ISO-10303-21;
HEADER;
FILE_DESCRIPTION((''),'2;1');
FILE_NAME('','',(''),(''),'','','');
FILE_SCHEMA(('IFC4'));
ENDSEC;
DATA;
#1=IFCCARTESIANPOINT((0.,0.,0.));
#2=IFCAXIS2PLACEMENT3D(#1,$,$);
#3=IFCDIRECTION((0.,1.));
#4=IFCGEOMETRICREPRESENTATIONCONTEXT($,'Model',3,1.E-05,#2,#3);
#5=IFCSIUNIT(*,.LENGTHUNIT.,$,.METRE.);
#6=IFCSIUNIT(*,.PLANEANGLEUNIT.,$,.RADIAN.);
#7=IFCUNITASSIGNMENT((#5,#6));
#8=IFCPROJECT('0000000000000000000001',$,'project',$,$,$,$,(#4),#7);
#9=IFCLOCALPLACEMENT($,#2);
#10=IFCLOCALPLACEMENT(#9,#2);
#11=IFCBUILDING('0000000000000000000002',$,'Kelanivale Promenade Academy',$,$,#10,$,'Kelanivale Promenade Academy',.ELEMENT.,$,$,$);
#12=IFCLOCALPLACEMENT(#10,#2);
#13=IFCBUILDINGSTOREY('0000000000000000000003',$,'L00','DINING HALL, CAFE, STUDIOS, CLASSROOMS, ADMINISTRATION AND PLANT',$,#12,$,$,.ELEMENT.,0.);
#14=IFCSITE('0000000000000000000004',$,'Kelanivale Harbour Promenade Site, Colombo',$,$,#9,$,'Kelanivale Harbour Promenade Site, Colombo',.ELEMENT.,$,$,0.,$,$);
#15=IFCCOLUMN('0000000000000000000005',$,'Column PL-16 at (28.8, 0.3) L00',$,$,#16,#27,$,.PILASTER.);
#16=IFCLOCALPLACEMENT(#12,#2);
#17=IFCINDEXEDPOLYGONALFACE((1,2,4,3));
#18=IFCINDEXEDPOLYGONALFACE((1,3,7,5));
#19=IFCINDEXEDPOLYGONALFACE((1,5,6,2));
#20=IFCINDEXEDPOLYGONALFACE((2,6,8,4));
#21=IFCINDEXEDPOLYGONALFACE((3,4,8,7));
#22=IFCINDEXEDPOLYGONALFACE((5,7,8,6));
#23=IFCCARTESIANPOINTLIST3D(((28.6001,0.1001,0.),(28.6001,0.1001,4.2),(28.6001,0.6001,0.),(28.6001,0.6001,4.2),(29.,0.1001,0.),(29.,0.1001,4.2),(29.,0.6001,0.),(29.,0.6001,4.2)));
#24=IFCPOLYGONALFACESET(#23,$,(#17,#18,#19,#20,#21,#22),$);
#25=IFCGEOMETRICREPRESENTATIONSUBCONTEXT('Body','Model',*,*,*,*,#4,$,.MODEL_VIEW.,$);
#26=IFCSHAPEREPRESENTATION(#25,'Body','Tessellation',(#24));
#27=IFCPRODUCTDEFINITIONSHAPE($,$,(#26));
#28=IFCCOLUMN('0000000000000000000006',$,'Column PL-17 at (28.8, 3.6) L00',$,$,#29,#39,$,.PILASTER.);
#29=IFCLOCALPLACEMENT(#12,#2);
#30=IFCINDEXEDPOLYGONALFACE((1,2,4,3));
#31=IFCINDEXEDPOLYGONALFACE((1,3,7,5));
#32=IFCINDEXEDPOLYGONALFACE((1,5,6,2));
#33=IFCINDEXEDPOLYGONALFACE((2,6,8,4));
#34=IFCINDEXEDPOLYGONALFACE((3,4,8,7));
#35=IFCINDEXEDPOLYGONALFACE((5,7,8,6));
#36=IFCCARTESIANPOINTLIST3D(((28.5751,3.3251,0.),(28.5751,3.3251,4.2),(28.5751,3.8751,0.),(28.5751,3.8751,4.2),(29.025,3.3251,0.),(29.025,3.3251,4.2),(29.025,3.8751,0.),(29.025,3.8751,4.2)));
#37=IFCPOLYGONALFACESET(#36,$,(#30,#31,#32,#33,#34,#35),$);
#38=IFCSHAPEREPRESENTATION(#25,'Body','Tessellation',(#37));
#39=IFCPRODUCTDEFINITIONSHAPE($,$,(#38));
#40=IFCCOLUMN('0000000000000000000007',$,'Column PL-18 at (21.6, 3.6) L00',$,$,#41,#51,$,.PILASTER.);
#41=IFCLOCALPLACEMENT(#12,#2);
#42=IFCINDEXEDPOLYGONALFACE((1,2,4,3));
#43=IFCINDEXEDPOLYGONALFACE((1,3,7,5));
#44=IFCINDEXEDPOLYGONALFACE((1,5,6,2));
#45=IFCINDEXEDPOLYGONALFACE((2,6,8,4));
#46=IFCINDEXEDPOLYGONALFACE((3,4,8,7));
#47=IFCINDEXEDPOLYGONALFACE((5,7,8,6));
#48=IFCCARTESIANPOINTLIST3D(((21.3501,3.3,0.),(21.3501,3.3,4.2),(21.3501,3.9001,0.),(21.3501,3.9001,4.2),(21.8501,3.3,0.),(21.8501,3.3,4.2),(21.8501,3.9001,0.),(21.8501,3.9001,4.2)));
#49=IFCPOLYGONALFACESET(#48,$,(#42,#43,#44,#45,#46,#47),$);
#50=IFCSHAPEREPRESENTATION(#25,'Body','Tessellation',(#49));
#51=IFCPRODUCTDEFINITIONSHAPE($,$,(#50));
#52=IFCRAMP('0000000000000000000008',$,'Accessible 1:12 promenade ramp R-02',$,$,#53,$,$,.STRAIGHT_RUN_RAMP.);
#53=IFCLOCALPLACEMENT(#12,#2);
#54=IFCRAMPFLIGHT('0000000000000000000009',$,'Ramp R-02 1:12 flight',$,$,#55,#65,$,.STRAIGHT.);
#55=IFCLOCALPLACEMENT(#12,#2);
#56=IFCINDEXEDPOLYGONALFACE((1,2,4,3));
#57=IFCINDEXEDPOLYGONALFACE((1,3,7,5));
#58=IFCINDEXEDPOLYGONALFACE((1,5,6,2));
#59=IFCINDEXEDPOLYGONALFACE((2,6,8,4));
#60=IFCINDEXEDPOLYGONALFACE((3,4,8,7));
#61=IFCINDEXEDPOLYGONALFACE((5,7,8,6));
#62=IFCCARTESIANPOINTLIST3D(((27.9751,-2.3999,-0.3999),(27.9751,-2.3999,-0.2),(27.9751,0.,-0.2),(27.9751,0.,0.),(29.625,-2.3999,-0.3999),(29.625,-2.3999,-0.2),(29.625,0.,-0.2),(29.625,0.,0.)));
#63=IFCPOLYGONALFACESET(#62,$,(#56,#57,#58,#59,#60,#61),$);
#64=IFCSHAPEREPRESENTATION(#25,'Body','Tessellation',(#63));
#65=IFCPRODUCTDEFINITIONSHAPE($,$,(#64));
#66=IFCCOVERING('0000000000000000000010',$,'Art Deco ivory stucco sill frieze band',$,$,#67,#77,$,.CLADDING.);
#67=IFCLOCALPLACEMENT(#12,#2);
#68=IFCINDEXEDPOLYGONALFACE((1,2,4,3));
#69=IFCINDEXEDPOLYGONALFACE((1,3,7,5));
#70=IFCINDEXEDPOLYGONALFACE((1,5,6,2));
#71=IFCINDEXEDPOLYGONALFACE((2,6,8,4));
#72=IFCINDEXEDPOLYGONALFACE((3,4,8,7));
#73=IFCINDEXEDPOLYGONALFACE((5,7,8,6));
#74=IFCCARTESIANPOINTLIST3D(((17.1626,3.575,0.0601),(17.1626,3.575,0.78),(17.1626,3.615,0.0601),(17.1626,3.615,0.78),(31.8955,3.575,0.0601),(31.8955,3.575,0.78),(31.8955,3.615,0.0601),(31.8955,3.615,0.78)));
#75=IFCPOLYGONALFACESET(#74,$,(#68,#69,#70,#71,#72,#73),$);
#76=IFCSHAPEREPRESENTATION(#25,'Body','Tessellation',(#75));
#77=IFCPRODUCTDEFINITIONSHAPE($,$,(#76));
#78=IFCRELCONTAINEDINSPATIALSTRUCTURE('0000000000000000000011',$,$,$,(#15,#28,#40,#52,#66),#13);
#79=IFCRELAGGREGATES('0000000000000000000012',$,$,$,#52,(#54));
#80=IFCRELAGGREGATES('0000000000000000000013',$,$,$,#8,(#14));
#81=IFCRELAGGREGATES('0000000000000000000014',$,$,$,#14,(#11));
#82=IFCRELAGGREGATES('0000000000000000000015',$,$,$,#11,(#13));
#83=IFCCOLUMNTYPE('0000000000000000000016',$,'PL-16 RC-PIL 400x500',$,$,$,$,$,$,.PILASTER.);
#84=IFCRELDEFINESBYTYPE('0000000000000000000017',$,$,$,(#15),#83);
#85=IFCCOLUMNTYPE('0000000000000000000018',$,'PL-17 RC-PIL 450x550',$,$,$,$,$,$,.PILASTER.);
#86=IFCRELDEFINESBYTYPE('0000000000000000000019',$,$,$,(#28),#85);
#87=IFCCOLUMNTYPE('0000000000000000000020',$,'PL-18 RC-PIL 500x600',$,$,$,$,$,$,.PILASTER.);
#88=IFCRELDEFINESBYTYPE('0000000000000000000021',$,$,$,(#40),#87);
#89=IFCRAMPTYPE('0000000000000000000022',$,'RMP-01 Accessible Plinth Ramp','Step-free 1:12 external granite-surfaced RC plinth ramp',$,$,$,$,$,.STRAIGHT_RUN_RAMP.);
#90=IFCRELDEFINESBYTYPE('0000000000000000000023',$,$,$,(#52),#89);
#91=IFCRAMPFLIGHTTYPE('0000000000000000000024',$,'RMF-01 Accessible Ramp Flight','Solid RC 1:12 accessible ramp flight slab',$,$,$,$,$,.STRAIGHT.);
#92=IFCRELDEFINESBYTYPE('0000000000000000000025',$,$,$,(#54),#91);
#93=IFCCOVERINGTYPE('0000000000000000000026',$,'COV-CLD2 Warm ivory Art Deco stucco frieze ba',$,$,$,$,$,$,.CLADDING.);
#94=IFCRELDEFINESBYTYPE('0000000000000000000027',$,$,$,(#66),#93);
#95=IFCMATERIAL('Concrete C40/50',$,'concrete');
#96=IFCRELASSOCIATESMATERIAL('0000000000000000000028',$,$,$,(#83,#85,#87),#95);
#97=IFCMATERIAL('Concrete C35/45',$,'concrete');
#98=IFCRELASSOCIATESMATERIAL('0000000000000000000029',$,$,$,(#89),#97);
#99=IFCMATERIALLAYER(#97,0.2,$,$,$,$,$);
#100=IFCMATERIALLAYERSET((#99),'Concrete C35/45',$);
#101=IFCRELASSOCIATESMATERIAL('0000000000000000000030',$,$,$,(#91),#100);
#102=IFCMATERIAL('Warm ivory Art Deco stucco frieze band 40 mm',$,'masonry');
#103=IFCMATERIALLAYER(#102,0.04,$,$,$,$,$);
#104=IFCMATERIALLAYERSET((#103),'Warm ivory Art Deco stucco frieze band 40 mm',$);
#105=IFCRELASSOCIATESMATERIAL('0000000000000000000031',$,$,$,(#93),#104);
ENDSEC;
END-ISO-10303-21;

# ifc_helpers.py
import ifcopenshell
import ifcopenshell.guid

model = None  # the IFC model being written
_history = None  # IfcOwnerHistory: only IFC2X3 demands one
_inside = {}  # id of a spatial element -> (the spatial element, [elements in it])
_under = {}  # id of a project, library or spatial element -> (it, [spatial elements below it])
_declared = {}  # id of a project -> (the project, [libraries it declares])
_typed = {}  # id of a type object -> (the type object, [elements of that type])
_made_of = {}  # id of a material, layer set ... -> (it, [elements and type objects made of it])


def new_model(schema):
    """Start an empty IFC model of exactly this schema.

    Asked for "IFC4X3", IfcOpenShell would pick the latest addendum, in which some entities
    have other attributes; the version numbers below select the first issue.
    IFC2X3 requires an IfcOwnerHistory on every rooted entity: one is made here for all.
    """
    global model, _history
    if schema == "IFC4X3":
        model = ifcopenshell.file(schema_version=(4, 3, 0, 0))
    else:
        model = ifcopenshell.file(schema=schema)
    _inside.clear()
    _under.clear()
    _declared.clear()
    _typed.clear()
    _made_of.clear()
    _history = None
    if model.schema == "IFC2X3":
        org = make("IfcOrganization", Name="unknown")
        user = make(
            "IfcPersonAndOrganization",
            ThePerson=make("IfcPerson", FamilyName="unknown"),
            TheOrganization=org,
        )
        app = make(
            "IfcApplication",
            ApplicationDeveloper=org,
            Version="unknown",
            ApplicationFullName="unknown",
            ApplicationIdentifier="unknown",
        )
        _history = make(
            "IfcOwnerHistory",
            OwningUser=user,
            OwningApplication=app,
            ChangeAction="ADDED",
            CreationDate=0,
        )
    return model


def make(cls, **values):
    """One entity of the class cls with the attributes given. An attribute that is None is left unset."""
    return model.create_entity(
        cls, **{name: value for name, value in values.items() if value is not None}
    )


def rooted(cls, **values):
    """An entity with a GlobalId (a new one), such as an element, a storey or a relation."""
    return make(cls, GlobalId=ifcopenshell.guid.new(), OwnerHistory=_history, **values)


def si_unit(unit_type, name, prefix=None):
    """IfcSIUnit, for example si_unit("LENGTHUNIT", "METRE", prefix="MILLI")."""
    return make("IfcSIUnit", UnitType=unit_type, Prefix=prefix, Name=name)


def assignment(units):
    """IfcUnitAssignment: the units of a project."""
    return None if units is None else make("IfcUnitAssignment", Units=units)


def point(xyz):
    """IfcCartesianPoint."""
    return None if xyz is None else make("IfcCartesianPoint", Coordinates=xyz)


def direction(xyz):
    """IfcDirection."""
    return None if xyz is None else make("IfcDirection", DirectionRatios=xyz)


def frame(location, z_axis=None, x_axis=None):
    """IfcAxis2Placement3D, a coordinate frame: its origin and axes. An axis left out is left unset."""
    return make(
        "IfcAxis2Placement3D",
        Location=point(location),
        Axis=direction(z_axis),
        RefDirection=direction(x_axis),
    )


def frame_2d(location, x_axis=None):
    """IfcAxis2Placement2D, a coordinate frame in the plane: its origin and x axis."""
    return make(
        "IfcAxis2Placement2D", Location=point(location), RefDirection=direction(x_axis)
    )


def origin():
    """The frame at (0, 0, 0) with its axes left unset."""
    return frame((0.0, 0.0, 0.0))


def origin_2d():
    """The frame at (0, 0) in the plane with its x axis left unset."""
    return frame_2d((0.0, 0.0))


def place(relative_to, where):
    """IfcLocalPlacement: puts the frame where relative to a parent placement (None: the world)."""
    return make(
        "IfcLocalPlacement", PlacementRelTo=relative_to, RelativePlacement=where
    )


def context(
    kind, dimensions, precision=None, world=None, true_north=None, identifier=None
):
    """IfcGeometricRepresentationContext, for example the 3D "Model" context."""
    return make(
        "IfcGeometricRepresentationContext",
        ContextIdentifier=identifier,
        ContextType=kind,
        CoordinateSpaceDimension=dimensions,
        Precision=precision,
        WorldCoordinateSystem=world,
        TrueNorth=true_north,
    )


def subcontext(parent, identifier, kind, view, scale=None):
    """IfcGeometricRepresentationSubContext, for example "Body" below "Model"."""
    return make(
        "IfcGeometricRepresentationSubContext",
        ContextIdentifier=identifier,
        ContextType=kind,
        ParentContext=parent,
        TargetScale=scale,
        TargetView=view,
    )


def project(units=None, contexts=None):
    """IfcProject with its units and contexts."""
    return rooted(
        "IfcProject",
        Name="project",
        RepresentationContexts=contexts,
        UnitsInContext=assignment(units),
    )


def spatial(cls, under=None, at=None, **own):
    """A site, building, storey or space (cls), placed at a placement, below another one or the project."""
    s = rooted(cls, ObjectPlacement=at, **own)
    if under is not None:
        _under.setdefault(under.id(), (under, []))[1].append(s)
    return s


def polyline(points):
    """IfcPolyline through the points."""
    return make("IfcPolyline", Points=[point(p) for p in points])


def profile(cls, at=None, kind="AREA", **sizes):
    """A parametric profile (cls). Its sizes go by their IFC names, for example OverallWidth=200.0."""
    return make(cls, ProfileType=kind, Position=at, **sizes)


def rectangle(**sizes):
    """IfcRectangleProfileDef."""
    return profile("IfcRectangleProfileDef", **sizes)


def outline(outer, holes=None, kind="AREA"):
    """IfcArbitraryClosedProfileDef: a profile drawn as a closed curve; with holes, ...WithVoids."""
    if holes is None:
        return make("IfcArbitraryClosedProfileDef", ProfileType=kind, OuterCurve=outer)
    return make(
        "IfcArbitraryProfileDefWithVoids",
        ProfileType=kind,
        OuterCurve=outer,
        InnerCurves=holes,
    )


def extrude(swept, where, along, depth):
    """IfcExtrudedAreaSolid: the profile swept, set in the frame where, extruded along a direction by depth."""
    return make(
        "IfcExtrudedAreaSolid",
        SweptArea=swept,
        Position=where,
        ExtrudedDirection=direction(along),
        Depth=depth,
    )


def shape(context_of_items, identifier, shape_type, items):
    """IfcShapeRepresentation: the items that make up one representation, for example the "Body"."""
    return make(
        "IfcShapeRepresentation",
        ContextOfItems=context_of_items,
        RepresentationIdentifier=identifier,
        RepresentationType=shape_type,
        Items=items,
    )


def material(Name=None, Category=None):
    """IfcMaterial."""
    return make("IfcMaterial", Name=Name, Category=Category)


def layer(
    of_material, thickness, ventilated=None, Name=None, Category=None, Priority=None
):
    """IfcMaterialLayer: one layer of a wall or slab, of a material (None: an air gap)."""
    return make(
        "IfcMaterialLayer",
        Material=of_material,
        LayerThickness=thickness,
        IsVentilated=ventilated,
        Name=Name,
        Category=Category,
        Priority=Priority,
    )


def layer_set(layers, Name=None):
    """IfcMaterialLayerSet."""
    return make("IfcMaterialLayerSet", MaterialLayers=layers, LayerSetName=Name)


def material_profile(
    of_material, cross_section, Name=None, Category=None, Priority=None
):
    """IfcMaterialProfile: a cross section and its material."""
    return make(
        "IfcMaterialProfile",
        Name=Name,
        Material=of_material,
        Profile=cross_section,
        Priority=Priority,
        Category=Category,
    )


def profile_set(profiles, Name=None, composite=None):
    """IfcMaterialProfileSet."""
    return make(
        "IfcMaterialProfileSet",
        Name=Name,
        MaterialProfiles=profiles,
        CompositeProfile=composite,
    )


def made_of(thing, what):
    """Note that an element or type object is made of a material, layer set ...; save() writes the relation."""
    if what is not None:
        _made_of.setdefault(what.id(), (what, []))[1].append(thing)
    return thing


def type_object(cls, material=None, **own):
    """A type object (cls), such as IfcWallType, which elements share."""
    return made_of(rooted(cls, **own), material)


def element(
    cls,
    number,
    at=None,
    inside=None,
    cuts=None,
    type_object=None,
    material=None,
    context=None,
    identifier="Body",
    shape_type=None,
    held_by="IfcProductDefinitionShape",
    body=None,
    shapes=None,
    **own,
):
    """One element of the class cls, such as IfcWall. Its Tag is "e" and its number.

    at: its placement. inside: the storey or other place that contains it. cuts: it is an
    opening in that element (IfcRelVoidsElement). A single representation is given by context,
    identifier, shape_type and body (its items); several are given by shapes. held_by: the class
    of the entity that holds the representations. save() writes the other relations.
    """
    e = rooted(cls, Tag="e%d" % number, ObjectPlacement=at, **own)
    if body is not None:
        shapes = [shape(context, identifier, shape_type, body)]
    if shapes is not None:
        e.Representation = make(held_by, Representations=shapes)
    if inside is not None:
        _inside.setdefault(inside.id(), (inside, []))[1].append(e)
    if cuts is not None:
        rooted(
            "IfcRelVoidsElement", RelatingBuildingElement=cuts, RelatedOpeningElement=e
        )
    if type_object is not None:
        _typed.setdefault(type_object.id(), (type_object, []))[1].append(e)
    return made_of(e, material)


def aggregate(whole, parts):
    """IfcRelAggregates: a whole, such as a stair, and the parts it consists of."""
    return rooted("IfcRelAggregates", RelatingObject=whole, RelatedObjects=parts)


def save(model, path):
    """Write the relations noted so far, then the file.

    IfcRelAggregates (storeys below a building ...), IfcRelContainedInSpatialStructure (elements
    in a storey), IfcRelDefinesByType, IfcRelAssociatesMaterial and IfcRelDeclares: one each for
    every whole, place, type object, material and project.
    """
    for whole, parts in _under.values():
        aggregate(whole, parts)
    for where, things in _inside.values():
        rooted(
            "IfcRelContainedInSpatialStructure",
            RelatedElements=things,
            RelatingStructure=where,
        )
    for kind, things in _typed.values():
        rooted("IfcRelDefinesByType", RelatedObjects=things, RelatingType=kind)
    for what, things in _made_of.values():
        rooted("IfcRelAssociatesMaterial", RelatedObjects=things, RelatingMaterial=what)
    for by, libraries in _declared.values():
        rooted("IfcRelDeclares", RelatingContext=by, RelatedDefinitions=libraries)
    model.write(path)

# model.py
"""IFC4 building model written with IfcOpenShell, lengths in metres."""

from ifc_helpers import new_model, si_unit, direction, frame, origin, origin_2d, place, context, subcontext, project, spatial, polyline, rectangle, outline, extrude, material, layer, layer_set, material_profile, profile_set, type_object, element, aggregate, save


model = new_model("IFC4")

# Units and contexts
model_context = context("Model", 3, precision=1e-05, world=origin(), true_north=direction((0.0, 1.0)))
body_context = subcontext(model_context, "Body", "Model", "MODEL_VIEW")
ifc_project = project(units=[si_unit("LENGTHUNIT", "METRE"), si_unit("PLANEANGLEUNIT", "RADIAN")], contexts=[model_context])

# Site, building, storey
site_placement = place(None, origin())
site = spatial("IfcSite", under=ifc_project, at=site_placement, Name="Kelanivale Harbour Promenade Site, Colombo", LongName="Kelanivale Harbour Promenade Site, Colombo", CompositionType="ELEMENT", RefElevation=0.0)
building_placement = place(site_placement, origin())
building = spatial("IfcBuilding", under=site, at=building_placement, Name="Kelanivale Promenade Academy", LongName="Kelanivale Promenade Academy", CompositionType="ELEMENT")
storey_placement = place(building_placement, origin())
storey = spatial("IfcBuildingStorey", under=building, at=storey_placement, Name="L00", Description="DINING HALL, CAFE, STUDIOS, CLASSROOMS, ADMINISTRATION AND PLANT", CompositionType="ELEMENT", Elevation=0.0)

# Shared definitions
ifc_material_1 = material(Name="Concrete C35/45", Category="concrete")

# Columns
ifc_material_2 = material(Name="Concrete C40/50", Category="concrete")
ifc_material_profile_1 = material_profile(ifc_material_2, rectangle(XDim=0.3999, YDim=0.5, at=origin_2d()), Name="RC-PIL 400x500")
ifc_profile_set_1 = profile_set([ifc_material_profile_1], Name="Concrete C40/50")
column_type_1 = type_object("IfcColumnType", Name="PL-16 RC-PIL 400x500", PredefinedType="PILASTER", material=ifc_profile_set_1)
column_1_placement = place(storey_placement, frame((28.8, 0.3501, 0.0), z_axis=(0.0, 0.0, 1.0), x_axis=(1.0, 0.0, 0.0)))
element("IfcColumn", 1, at=column_1_placement, inside=storey, type_object=column_type_1, Name="Column PL-16 at (28.8, 0.3) L00", PredefinedType="PILASTER", context=body_context, shape_type="SweptSolid", body=[
    extrude(rectangle(XDim=0.3999, YDim=0.5, at=origin_2d()), origin(), (0.0, 0.0, 1.0), 4.2),
])
ifc_material_profile_2 = material_profile(ifc_material_2, rectangle(XDim=0.45, YDim=0.55, at=origin_2d()), Name="RC-PIL 450x550")
ifc_profile_set_2 = profile_set([ifc_material_profile_2], Name="Concrete C40/50")
column_type_2 = type_object("IfcColumnType", Name="PL-17 RC-PIL 450x550", PredefinedType="PILASTER", material=ifc_profile_set_2)
column_2_placement = place(storey_placement, frame((28.8, 3.6001, 0.0), z_axis=(0.0, 0.0, 1.0), x_axis=(1.0, 0.0, 0.0)))
element("IfcColumn", 2, at=column_2_placement, inside=storey, type_object=column_type_2, Name="Column PL-17 at (28.8, 3.6) L00", PredefinedType="PILASTER", context=body_context, shape_type="SweptSolid", body=[
    extrude(rectangle(XDim=0.45, YDim=0.55, at=origin_2d()), origin(), (0.0, 0.0, 1.0), 4.2),
])
ifc_material_profile_3 = material_profile(ifc_material_2, rectangle(XDim=0.5, YDim=0.6001, at=origin_2d()), Name="RC-PIL 500x600")
ifc_profile_set_3 = profile_set([ifc_material_profile_3], Name="Concrete C40/50")
column_type_3 = type_object("IfcColumnType", Name="PL-18 RC-PIL 500x600", PredefinedType="PILASTER", material=ifc_profile_set_3)
column_3_placement = place(storey_placement, frame((21.6001, 3.6001, 0.0), z_axis=(0.0, 0.0, 1.0), x_axis=(1.0, 0.0, 0.0)))
element("IfcColumn", 3, at=column_3_placement, inside=storey, type_object=column_type_3, Name="Column PL-18 at (21.6, 3.6) L00", PredefinedType="PILASTER", context=body_context, shape_type="SweptSolid", body=[
    extrude(rectangle(XDim=0.5, YDim=0.6001, at=origin_2d()), origin(), (0.0, 0.0, 1.0), 4.2),
])

# Ramp, ramp flight
ramp_type = type_object("IfcRampType", Name="RMP-01 Accessible Plinth Ramp", Description="Step-free 1:12 external granite-surfaced RC plinth ramp", PredefinedType="STRAIGHT_RUN_RAMP", material=ifc_material_1)
ramp_placement = place(storey_placement, origin())
ramp = element("IfcRamp", 4, at=ramp_placement, inside=storey, type_object=ramp_type, Name="Accessible 1:12 promenade ramp R-02", PredefinedType="STRAIGHT_RUN_RAMP")
ifc_layer_1 = layer(ifc_material_1, 0.2)
ifc_layer_set_1 = layer_set([ifc_layer_1], Name="Concrete C35/45")
ramp_flight_type = type_object("IfcRampFlightType", Name="RMF-01 Accessible Ramp Flight", Description="Solid RC 1:12 accessible ramp flight slab", PredefinedType="STRAIGHT", material=ifc_layer_set_1)
ramp_flight_placement = place(storey_placement, frame((28.8, -2.3999, -0.2), z_axis=(0.0, 0.0, 1.0), x_axis=(0.0, 1.0, 0.0)))
ramp_flight = element("IfcRampFlight", 5, at=ramp_flight_placement, type_object=ramp_flight_type, Name="Ramp R-02 1:12 flight", PredefinedType="STRAIGHT", context=body_context, shape_type="SweptSolid", body=[
    extrude(outline(polyline([(0.0, 0.0), (2.3999, 0.2), (2.3999, 0.0), (0.0, -0.2), (0.0, 0.0)])), frame((0.0, 0.825, 0.0), z_axis=(0.0, -1.0, 0.0), x_axis=(1.0, 0.0, 0.0)), (0.0, 0.0, 1.0), 1.6499),
])
aggregate(ramp, [ramp_flight])

# Covering
ifc_material_3 = material(Name="Warm ivory Art Deco stucco frieze band 40 mm", Category="masonry")
ifc_layer_2 = layer(ifc_material_3, 0.04)
ifc_layer_set_2 = layer_set([ifc_layer_2], Name="Warm ivory Art Deco stucco frieze band 40 mm")
covering_type = type_object("IfcCoveringType", Name="COV-CLD2 Warm ivory Art Deco stucco frieze ba", PredefinedType="CLADDING", material=ifc_layer_set_2)
covering_placement = place(storey_placement, frame((24.5291, 3.595, 0.0601), z_axis=(0.0, 0.0, 1.0), x_axis=(1.0, 0.0, 0.0)))
element("IfcCovering", 6, at=covering_placement, inside=storey, type_object=covering_type, Name="Art Deco ivory stucco sill frieze band", PredefinedType="CLADDING", context=body_context, shape_type="SweptSolid", body=[
    extrude(rectangle(XDim=14.7329, YDim=0.04, at=origin_2d()), origin(), (0.0, 0.0, 1.0), 0.72),
])

save(model, "model.ifc")
